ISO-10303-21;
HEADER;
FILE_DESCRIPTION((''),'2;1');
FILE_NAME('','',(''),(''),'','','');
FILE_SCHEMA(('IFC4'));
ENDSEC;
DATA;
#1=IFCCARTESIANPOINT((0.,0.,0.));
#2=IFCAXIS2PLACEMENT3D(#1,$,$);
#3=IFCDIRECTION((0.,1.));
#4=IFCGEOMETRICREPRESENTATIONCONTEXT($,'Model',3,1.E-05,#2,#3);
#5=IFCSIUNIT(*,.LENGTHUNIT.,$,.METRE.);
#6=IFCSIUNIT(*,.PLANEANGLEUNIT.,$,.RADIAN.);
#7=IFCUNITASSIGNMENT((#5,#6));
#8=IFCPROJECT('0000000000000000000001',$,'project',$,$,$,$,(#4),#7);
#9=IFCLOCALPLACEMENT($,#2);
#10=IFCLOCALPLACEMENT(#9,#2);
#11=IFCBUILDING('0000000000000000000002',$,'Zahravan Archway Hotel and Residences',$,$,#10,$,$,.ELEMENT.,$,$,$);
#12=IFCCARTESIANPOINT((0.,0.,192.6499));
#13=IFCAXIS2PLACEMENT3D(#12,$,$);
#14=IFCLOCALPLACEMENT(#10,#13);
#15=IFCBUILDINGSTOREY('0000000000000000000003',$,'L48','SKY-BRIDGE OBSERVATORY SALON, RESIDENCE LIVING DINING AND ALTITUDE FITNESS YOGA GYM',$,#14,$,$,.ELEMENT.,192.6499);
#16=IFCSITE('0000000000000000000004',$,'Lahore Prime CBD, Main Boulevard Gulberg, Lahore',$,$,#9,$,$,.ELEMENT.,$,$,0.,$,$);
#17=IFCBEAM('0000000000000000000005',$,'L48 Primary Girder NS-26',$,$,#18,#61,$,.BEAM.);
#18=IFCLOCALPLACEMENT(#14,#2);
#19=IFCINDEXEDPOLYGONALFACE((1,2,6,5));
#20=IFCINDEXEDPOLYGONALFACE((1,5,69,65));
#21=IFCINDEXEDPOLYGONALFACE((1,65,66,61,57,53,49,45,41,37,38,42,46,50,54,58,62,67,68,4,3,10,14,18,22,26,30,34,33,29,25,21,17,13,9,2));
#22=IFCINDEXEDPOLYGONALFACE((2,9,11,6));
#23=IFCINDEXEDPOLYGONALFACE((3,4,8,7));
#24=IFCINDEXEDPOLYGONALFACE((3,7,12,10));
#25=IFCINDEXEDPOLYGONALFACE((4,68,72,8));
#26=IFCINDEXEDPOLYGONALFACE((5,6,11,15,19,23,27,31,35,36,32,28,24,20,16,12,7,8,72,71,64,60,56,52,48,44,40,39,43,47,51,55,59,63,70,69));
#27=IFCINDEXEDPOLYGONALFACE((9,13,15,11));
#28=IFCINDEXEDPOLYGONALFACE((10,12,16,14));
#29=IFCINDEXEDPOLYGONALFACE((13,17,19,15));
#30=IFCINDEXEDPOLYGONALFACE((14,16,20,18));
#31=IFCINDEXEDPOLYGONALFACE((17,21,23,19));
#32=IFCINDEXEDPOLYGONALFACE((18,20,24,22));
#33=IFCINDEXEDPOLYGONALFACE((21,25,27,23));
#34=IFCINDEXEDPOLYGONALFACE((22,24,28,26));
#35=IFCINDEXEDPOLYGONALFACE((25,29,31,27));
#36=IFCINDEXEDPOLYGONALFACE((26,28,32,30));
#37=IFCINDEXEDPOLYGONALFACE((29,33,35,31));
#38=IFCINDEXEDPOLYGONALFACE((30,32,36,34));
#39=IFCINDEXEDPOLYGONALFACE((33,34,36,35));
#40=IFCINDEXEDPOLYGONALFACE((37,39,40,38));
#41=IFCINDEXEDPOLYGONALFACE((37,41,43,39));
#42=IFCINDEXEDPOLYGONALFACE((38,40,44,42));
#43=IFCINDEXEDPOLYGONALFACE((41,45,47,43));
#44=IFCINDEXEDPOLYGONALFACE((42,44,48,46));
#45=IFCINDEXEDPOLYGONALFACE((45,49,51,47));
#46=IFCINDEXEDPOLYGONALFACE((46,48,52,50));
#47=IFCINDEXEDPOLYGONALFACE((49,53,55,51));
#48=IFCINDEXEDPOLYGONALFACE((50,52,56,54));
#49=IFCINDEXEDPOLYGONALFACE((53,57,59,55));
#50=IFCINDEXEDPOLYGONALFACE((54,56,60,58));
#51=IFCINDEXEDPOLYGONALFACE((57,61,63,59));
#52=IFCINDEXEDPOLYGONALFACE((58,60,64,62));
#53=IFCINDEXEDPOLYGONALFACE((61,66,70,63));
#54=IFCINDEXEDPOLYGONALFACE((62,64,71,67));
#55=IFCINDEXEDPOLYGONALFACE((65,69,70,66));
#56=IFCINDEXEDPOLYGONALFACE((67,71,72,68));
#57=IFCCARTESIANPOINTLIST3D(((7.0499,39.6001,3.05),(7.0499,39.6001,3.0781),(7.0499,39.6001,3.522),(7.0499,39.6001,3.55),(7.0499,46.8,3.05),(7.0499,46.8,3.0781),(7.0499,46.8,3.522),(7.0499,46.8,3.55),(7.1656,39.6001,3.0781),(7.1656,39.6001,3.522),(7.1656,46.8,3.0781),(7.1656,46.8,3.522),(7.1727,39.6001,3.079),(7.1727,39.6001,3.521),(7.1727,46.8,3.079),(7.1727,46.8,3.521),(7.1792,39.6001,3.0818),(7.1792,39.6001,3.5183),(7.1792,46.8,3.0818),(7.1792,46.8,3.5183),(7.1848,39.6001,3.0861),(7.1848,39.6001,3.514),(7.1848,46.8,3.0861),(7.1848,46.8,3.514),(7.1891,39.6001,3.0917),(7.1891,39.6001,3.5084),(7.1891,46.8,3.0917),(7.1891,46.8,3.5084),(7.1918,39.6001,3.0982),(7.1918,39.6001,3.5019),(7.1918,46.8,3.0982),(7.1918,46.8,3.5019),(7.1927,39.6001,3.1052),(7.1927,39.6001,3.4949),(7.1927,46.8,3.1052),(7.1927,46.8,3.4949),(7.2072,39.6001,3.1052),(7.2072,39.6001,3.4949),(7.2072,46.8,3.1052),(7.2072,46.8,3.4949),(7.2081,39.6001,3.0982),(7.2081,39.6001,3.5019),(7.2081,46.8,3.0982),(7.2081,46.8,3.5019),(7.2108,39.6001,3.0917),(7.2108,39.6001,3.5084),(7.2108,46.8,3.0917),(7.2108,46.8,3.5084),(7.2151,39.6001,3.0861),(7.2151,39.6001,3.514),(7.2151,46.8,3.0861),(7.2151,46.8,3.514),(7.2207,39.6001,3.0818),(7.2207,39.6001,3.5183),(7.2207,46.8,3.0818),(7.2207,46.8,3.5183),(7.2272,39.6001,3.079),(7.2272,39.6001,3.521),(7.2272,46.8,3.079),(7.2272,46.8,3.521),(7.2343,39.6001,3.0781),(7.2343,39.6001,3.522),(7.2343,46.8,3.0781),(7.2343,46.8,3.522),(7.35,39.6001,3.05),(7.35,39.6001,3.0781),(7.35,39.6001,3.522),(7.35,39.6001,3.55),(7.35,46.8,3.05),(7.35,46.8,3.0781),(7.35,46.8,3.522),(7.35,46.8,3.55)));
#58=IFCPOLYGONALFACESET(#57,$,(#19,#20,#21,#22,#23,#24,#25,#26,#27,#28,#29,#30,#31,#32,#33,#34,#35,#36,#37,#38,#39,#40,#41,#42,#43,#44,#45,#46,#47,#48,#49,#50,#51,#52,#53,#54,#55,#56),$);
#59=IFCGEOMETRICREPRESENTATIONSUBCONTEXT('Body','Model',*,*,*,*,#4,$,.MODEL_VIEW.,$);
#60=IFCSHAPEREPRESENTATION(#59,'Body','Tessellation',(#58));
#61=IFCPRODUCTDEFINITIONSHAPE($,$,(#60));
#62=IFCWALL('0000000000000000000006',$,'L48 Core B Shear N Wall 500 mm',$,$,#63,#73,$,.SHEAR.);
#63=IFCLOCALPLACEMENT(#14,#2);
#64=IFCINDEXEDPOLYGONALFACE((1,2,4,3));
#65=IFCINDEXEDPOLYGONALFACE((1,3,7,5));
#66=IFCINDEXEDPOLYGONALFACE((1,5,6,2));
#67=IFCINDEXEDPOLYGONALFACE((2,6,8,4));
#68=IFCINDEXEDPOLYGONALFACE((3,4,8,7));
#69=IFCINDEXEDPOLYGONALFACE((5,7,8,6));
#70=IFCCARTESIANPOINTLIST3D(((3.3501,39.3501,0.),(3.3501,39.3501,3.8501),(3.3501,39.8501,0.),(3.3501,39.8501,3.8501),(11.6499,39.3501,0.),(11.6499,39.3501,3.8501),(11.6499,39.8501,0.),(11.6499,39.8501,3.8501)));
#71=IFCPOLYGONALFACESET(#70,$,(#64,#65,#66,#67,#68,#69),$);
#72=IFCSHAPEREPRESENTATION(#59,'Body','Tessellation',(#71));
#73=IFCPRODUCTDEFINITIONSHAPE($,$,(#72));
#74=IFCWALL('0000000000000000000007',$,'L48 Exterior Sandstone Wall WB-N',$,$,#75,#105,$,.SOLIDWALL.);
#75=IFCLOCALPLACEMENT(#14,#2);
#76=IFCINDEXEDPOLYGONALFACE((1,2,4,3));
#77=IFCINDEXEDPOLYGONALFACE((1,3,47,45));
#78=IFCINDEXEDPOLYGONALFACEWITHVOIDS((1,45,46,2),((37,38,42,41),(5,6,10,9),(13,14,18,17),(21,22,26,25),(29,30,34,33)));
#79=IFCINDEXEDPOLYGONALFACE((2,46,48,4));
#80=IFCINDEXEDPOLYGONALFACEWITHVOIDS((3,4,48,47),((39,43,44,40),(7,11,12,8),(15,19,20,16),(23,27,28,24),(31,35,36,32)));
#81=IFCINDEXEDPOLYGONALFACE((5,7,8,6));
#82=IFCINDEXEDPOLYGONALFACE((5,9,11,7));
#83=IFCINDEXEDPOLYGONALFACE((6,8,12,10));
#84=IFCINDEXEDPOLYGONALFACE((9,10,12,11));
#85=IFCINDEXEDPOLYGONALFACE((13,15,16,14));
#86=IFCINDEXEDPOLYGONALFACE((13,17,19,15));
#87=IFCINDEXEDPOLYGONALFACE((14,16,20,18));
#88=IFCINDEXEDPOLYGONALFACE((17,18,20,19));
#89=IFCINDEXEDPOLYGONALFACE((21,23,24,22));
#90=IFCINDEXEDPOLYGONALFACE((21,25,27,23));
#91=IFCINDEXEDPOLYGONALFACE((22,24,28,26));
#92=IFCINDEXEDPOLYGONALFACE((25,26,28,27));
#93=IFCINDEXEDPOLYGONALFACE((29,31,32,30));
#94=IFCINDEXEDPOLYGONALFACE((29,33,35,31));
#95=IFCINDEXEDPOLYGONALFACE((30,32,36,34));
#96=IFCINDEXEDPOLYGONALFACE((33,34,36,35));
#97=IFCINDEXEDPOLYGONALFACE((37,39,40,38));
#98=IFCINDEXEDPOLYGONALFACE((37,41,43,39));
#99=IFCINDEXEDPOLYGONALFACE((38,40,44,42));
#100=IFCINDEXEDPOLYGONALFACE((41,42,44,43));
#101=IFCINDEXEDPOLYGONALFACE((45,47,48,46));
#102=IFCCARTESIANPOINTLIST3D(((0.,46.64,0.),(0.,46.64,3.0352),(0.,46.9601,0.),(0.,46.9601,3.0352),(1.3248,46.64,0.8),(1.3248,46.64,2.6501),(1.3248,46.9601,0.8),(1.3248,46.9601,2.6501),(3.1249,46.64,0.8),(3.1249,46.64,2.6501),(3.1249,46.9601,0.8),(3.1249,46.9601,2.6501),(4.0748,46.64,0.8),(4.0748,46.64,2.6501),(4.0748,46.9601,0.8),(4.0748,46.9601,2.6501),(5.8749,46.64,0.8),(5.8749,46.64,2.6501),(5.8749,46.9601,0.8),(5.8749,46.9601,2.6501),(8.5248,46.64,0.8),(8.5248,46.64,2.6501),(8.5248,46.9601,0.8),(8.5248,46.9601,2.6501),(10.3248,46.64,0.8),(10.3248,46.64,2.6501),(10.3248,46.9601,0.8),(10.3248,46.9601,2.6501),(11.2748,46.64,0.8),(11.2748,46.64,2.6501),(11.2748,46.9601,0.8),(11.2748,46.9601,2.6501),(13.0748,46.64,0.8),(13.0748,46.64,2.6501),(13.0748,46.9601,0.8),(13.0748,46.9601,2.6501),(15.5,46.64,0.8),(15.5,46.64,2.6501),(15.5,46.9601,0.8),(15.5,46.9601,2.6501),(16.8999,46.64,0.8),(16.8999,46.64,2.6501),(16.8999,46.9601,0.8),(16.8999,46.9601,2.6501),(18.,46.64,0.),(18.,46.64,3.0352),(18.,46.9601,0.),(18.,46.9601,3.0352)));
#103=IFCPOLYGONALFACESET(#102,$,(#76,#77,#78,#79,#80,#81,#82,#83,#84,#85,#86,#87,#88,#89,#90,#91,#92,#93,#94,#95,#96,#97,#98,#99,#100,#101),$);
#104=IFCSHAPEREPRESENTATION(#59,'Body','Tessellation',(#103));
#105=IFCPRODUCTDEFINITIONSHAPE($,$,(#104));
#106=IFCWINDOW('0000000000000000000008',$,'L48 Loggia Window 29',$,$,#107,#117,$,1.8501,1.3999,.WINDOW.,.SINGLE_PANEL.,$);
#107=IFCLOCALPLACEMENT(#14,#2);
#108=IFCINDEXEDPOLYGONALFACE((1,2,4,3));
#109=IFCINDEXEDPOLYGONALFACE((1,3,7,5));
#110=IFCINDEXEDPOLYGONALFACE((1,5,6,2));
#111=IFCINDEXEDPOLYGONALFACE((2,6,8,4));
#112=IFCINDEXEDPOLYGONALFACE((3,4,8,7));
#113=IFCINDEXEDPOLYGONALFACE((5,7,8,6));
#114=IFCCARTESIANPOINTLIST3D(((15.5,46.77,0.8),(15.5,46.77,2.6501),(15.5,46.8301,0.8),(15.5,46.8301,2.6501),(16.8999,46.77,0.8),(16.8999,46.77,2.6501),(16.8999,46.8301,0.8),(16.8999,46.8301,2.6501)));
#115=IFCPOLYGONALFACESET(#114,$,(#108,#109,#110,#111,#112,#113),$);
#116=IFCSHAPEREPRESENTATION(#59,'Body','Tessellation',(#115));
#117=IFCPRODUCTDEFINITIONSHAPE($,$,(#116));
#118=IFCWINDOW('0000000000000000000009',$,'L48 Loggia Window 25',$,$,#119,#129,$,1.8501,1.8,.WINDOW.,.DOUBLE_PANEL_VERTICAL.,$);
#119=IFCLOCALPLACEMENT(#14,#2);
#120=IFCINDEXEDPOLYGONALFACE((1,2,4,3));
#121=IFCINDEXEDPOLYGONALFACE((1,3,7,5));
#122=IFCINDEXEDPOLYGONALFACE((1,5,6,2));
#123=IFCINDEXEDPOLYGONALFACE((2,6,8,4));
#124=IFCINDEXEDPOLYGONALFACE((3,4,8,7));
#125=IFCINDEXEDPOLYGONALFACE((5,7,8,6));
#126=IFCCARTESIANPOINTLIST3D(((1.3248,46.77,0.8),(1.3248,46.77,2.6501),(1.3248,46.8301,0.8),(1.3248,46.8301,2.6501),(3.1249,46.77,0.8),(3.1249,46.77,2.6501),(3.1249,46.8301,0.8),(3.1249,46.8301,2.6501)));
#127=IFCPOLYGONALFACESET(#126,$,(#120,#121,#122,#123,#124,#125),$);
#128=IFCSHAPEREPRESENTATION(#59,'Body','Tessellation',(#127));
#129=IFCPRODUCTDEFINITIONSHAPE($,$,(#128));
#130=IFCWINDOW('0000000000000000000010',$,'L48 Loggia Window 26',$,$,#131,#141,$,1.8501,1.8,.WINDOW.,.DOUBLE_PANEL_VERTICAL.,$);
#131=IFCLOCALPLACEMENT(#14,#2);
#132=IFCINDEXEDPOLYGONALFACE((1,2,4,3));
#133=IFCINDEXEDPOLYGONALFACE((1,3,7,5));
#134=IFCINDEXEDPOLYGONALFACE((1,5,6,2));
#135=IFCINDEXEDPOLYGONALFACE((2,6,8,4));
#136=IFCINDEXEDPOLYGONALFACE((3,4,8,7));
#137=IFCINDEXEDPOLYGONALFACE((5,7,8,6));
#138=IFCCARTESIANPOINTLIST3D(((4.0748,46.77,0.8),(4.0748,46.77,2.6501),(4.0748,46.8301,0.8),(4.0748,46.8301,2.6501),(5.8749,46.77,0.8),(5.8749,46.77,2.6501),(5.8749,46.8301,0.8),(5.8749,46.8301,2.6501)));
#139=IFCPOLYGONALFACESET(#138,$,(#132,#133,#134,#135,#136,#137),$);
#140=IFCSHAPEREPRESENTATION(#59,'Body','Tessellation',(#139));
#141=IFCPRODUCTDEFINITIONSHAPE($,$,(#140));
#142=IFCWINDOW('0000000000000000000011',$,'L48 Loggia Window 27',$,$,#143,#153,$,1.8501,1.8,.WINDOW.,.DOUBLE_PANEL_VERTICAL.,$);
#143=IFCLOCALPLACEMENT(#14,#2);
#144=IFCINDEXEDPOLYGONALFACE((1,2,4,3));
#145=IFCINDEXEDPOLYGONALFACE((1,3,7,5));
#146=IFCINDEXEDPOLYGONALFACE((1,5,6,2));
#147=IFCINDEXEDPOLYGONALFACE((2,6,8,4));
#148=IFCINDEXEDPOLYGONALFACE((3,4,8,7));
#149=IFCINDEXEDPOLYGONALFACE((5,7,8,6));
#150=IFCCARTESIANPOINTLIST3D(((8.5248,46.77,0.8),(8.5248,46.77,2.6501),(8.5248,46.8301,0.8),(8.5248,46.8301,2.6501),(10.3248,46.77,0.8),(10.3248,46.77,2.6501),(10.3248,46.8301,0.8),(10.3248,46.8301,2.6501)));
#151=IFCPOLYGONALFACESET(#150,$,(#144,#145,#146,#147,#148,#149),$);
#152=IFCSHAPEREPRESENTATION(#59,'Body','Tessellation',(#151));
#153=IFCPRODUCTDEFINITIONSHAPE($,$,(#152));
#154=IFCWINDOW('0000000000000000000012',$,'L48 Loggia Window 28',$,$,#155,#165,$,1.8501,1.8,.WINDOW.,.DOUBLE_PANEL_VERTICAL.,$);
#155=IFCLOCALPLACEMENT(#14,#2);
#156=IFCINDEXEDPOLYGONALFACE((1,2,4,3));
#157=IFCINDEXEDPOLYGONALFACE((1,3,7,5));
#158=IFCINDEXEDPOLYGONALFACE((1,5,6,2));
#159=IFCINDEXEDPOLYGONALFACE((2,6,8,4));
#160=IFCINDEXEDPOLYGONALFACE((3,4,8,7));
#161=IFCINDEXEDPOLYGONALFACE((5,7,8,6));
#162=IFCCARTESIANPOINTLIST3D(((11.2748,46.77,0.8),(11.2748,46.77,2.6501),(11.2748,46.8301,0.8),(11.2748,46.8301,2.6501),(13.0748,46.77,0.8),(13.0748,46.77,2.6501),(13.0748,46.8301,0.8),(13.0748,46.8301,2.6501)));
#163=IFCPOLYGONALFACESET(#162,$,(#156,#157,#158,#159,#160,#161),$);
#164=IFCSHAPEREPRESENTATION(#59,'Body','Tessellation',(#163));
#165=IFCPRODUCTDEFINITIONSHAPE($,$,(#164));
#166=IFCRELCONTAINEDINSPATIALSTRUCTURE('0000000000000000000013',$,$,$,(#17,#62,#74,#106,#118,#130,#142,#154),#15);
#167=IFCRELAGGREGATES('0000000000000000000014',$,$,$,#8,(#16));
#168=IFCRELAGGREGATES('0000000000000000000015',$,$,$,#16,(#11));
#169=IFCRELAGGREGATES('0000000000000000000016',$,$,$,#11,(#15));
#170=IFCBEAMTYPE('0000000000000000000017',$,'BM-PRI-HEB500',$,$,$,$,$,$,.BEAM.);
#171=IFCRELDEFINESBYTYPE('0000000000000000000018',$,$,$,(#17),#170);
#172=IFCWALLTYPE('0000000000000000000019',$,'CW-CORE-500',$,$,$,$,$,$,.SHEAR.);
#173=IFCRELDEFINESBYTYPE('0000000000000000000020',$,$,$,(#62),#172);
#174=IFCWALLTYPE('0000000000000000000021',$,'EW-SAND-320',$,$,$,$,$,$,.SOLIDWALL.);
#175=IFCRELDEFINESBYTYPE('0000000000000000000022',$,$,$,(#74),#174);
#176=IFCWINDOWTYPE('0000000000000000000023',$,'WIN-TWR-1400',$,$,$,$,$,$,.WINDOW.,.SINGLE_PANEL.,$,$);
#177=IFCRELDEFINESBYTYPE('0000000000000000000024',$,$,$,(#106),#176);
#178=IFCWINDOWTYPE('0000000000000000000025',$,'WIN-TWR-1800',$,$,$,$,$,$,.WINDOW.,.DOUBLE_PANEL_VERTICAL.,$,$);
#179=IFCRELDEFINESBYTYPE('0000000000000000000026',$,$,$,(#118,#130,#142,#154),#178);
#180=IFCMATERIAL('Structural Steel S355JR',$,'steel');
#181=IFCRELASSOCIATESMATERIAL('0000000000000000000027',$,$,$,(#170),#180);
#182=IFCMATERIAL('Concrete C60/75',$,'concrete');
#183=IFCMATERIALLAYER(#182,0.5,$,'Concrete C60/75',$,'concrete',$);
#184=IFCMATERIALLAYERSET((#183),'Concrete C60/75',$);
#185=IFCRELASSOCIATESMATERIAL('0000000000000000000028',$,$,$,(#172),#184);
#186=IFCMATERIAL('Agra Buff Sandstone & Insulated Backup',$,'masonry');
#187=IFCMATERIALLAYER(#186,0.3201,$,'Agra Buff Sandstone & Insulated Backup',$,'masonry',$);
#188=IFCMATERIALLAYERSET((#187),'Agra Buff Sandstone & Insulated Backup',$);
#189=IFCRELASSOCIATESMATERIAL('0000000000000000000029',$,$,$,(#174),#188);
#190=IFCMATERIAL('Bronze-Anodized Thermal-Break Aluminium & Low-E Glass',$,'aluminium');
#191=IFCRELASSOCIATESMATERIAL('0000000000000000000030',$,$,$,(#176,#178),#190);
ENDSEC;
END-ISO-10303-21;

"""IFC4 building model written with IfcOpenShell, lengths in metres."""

from ifc_helpers import new_model, si_unit, direction, frame, frame_2d, origin, origin_2d, place, context, subcontext, project, spatial, rectangle, i_section, extrude, source, transform, mapped, material, layer, layer_set, material_profile, profile_set, type_object, type_shapes, element, fill, save


model = new_model("IFC4")

# Units and contexts
model_context = context("Model", 3, precision=1e-05, world=origin(), true_north=direction((0.0, 1.0)))
body_context = subcontext(model_context, "Body", "Model", "MODEL_VIEW")
ifc_project = project(units=[si_unit("LENGTHUNIT", "METRE"), si_unit("PLANEANGLEUNIT", "RADIAN")], contexts=[model_context])

# Site, building, storey
site_placement = place(None, origin())
site = spatial("IfcSite", under=ifc_project, at=site_placement, Name="Lahore Prime CBD, Main Boulevard Gulberg, Lahore", CompositionType="ELEMENT", RefElevation=0.0)
building_placement = place(site_placement, origin())
building = spatial("IfcBuilding", under=site, at=building_placement, Name="Zahravan Archway Hotel and Residences", CompositionType="ELEMENT")
storey_placement = place(building_placement, frame((0.0, 0.0, 192.6499)))
storey = spatial("IfcBuildingStorey", under=building, at=storey_placement, Name="L48", Description="SKY-BRIDGE OBSERVATORY SALON, RESIDENCE LIVING DINING AND ALTITUDE FITNESS YOGA GYM", CompositionType="ELEMENT", Elevation=192.6499)

# Shared definitions
ifc_material_1 = material(Name="Concrete C60/75", Category="concrete")

# Beam
ifc_material_2 = material(Name="Structural Steel S355JR", Category="steel")
ifc_material_profile_1 = material_profile(ifc_material_2, i_section(OverallWidth=0.3, OverallDepth=0.5, WebThickness=0.0144, FlangeThickness=0.0281, FilletRadius=0.0271, at=origin_2d()), Name="HEB 500", Category="steel")
ifc_profile_set_1 = profile_set([ifc_material_profile_1], Name="Structural Steel S355JR")
beam_type = type_object("IfcBeamType", Name="BM-PRI-HEB500", PredefinedType="BEAM", material=ifc_profile_set_1)
shared_shape_1 = source(origin(), body_context, "Body", "SweptSolid", [
    extrude(i_section(OverallWidth=0.3, OverallDepth=0.5, WebThickness=0.0144, FlangeThickness=0.0281, FilletRadius=0.0271, at=origin_2d()), origin(), (0.0, 0.0, 1.0), 7.2),
])
for number, where, z_axis, x_axis, name in (
    (1, (7.2, 39.6001, 3.3), (0.0, 1.0, 0.0), (-1.0, 0.0, 0.0), "L48 Primary Girder NS-26"),
):
    element("IfcBeam", number, at=place(storey_placement, frame(where, z_axis=z_axis, x_axis=x_axis)), inside=storey, type_object=beam_type, Name=name, PredefinedType="BEAM", context=body_context, shape_type="MappedRepresentation", body=[
        mapped(shared_shape_1, transform((0.0, 0.0, 0.0), scale=1.0)),
    ])

# Wall
ifc_layer_1 = layer(ifc_material_1, 0.5, Name="Concrete C60/75", Category="concrete")
ifc_layer_set_1 = layer_set([ifc_layer_1], Name="Concrete C60/75")
wall_type_1 = type_object("IfcWallType", Name="CW-CORE-500", PredefinedType="SHEAR", material=ifc_layer_set_1)
wall_1_placement = place(storey_placement, frame((3.3501, 39.6001, 0.0), z_axis=(0.0, 0.0, 1.0), x_axis=(1.0, 0.0, 0.0)))
element("IfcWall", 2, at=wall_1_placement, inside=storey, type_object=wall_type_1, Name="L48 Core B Shear N Wall 500 mm", PredefinedType="SHEAR", context=body_context, shape_type="SweptSolid", body=[
    extrude(rectangle(XDim=8.2998, YDim=0.5, at=frame_2d((4.1499, 0.0))), origin(), (0.0, 0.0, 1.0), 3.8501),
])

# Wall, openings, windows
ifc_material_3 = material(Name="Agra Buff Sandstone & Insulated Backup", Category="masonry")
ifc_layer_2 = layer(ifc_material_3, 0.3201, Name="Agra Buff Sandstone & Insulated Backup", Category="masonry")
ifc_layer_set_2 = layer_set([ifc_layer_2], Name="Agra Buff Sandstone & Insulated Backup")
wall_type_2 = type_object("IfcWallType", Name="EW-SAND-320", PredefinedType="SOLIDWALL", material=ifc_layer_set_2)
wall_2_placement = place(storey_placement, frame((0.0, 46.8, 0.0), z_axis=(0.0, 0.0, 1.0), x_axis=(1.0, 0.0, 0.0)))
wall_2 = element("IfcWall", 3, at=wall_2_placement, inside=storey, type_object=wall_type_2, Name="L48 Exterior Sandstone Wall WB-N", PredefinedType="SOLIDWALL", context=body_context, shape_type="SweptSolid", body=[
    extrude(rectangle(XDim=18.0, YDim=0.3201, at=frame_2d((9.0, 0.0))), origin(), (0.0, 0.0, 1.0), 3.0352),
])
opening_1_placement = place(wall_2_placement, frame((1.325, 0.0, 0.8)))
opening_1 = element("IfcOpeningElement", 4, at=opening_1_placement, cuts=wall_2, PredefinedType="OPENING", context=body_context, shape_type="SweptSolid", body=[
    extrude(rectangle(XDim=1.8, YDim=1.8501, at=frame_2d((0.8999, 0.925))), frame((0.0, 0.1699, 0.0), z_axis=(0.0, -1.0, 0.0), x_axis=(1.0, 0.0, 0.0)), (0.0, 0.0, 1.0), 0.3401),
])
opening_2_placement = place(wall_2_placement, frame((4.075, 0.0, 0.8)))
opening_2 = element("IfcOpeningElement", 5, at=opening_2_placement, cuts=wall_2, PredefinedType="OPENING", context=body_context, shape_type="SweptSolid", body=[
    extrude(rectangle(XDim=1.8, YDim=1.8501, at=frame_2d((0.8999, 0.925))), frame((0.0, 0.1699, 0.0), z_axis=(0.0, -1.0, 0.0), x_axis=(1.0, 0.0, 0.0)), (0.0, 0.0, 1.0), 0.3401),
])
opening_3_placement = place(wall_2_placement, frame((8.5249, 0.0, 0.8)))
opening_3 = element("IfcOpeningElement", 6, at=opening_3_placement, cuts=wall_2, PredefinedType="OPENING", context=body_context, shape_type="SweptSolid", body=[
    extrude(rectangle(XDim=1.8, YDim=1.8501, at=frame_2d((0.8999, 0.925))), frame((0.0, 0.1699, 0.0), z_axis=(0.0, -1.0, 0.0), x_axis=(1.0, 0.0, 0.0)), (0.0, 0.0, 1.0), 0.3401),
])
opening_4_placement = place(wall_2_placement, frame((11.2749, 0.0, 0.8)))
opening_4 = element("IfcOpeningElement", 7, at=opening_4_placement, cuts=wall_2, PredefinedType="OPENING", context=body_context, shape_type="SweptSolid", body=[
    extrude(rectangle(XDim=1.8, YDim=1.8501, at=frame_2d((0.8999, 0.925))), frame((0.0, 0.1699, 0.0), z_axis=(0.0, -1.0, 0.0), x_axis=(1.0, 0.0, 0.0)), (0.0, 0.0, 1.0), 0.3401),
])
opening_5_placement = place(wall_2_placement, frame((15.5, 0.0, 0.8)))
opening_5 = element("IfcOpeningElement", 8, at=opening_5_placement, cuts=wall_2, PredefinedType="OPENING", context=body_context, shape_type="SweptSolid", body=[
    extrude(rectangle(XDim=1.3999, YDim=1.8501, at=frame_2d((0.7, 0.925))), frame((0.0, 0.1699, 0.0), z_axis=(0.0, -1.0, 0.0), x_axis=(1.0, 0.0, 0.0)), (0.0, 0.0, 1.0), 0.3401),
])
ifc_material_4 = material(Name="Bronze-Anodized Thermal-Break Aluminium & Low-E Glass", Category="aluminium")
window_type_1 = type_object("IfcWindowType", Name="WIN-TWR-1400", PartitioningType="SINGLE_PANEL", PredefinedType="WINDOW", material=ifc_material_4)
shared_shape_2 = source(origin(), body_context, "Body", "SweptSolid", [
    extrude(rectangle(XDim=1.3999, YDim=1.8501, at=frame_2d((0.7, 0.925))), frame((0.0, 0.03, 0.0), z_axis=(0.0, -1.0, 0.0), x_axis=(1.0, 0.0, 0.0)), (0.0, 0.0, 1.0), 0.0601),
])
type_shapes(window_type_1, [shared_shape_2])
window_1_placement = place(opening_5_placement, origin())
window_1 = element("IfcWindow", 9, at=window_1_placement, inside=storey, type_object=window_type_1, Name="L48 Loggia Window 29", OverallHeight=1.8501, OverallWidth=1.3999, PartitioningType="SINGLE_PANEL", PredefinedType="WINDOW", context=body_context, shape_type="MappedRepresentation", body=[
    mapped(shared_shape_2, transform((0.0, 0.0, 0.0), scale=1.0)),
])
fill(opening_5, window_1)
window_type_2 = type_object("IfcWindowType", Name="WIN-TWR-1800", PartitioningType="DOUBLE_PANEL_VERTICAL", PredefinedType="WINDOW", material=ifc_material_4)
shared_shape_3 = source(origin(), body_context, "Body", "SweptSolid", [
    extrude(rectangle(XDim=1.8, YDim=1.8501, at=frame_2d((0.8999, 0.925))), frame((0.0, 0.03, 0.0), z_axis=(0.0, -1.0, 0.0), x_axis=(1.0, 0.0, 0.0)), (0.0, 0.0, 1.0), 0.0601),
])
type_shapes(window_type_2, [shared_shape_3])
window_2_placement = place(opening_1_placement, origin())
window_2 = element("IfcWindow", 10, at=window_2_placement, inside=storey, type_object=window_type_2, Name="L48 Loggia Window 25", OverallHeight=1.8501, OverallWidth=1.8, PartitioningType="DOUBLE_PANEL_VERTICAL", PredefinedType="WINDOW", context=body_context, shape_type="MappedRepresentation", body=[
    mapped(shared_shape_3, transform((0.0, 0.0, 0.0), scale=1.0)),
])
fill(opening_1, window_2)
window_3_placement = place(opening_2_placement, origin())
window_3 = element("IfcWindow", 11, at=window_3_placement, inside=storey, type_object=window_type_2, Name="L48 Loggia Window 26", OverallHeight=1.8501, OverallWidth=1.8, PartitioningType="DOUBLE_PANEL_VERTICAL", PredefinedType="WINDOW", context=body_context, shape_type="MappedRepresentation", body=[
    mapped(shared_shape_3, transform((0.0, 0.0, 0.0), scale=1.0)),
])
fill(opening_2, window_3)
window_4_placement = place(opening_3_placement, origin())
window_4 = element("IfcWindow", 12, at=window_4_placement, inside=storey, type_object=window_type_2, Name="L48 Loggia Window 27", OverallHeight=1.8501, OverallWidth=1.8, PartitioningType="DOUBLE_PANEL_VERTICAL", PredefinedType="WINDOW", context=body_context, shape_type="MappedRepresentation", body=[
    mapped(shared_shape_3, transform((0.0, 0.0, 0.0), scale=1.0)),
])
fill(opening_3, window_4)
window_5_placement = place(opening_4_placement, origin())
window_5 = element("IfcWindow", 13, at=window_5_placement, inside=storey, type_object=window_type_2, Name="L48 Loggia Window 28", OverallHeight=1.8501, OverallWidth=1.8, PartitioningType="DOUBLE_PANEL_VERTICAL", PredefinedType="WINDOW", context=body_context, shape_type="MappedRepresentation", body=[
    mapped(shared_shape_3, transform((0.0, 0.0, 0.0), scale=1.0)),
])
fill(opening_4, window_5)

save(model, "model.ifc")
